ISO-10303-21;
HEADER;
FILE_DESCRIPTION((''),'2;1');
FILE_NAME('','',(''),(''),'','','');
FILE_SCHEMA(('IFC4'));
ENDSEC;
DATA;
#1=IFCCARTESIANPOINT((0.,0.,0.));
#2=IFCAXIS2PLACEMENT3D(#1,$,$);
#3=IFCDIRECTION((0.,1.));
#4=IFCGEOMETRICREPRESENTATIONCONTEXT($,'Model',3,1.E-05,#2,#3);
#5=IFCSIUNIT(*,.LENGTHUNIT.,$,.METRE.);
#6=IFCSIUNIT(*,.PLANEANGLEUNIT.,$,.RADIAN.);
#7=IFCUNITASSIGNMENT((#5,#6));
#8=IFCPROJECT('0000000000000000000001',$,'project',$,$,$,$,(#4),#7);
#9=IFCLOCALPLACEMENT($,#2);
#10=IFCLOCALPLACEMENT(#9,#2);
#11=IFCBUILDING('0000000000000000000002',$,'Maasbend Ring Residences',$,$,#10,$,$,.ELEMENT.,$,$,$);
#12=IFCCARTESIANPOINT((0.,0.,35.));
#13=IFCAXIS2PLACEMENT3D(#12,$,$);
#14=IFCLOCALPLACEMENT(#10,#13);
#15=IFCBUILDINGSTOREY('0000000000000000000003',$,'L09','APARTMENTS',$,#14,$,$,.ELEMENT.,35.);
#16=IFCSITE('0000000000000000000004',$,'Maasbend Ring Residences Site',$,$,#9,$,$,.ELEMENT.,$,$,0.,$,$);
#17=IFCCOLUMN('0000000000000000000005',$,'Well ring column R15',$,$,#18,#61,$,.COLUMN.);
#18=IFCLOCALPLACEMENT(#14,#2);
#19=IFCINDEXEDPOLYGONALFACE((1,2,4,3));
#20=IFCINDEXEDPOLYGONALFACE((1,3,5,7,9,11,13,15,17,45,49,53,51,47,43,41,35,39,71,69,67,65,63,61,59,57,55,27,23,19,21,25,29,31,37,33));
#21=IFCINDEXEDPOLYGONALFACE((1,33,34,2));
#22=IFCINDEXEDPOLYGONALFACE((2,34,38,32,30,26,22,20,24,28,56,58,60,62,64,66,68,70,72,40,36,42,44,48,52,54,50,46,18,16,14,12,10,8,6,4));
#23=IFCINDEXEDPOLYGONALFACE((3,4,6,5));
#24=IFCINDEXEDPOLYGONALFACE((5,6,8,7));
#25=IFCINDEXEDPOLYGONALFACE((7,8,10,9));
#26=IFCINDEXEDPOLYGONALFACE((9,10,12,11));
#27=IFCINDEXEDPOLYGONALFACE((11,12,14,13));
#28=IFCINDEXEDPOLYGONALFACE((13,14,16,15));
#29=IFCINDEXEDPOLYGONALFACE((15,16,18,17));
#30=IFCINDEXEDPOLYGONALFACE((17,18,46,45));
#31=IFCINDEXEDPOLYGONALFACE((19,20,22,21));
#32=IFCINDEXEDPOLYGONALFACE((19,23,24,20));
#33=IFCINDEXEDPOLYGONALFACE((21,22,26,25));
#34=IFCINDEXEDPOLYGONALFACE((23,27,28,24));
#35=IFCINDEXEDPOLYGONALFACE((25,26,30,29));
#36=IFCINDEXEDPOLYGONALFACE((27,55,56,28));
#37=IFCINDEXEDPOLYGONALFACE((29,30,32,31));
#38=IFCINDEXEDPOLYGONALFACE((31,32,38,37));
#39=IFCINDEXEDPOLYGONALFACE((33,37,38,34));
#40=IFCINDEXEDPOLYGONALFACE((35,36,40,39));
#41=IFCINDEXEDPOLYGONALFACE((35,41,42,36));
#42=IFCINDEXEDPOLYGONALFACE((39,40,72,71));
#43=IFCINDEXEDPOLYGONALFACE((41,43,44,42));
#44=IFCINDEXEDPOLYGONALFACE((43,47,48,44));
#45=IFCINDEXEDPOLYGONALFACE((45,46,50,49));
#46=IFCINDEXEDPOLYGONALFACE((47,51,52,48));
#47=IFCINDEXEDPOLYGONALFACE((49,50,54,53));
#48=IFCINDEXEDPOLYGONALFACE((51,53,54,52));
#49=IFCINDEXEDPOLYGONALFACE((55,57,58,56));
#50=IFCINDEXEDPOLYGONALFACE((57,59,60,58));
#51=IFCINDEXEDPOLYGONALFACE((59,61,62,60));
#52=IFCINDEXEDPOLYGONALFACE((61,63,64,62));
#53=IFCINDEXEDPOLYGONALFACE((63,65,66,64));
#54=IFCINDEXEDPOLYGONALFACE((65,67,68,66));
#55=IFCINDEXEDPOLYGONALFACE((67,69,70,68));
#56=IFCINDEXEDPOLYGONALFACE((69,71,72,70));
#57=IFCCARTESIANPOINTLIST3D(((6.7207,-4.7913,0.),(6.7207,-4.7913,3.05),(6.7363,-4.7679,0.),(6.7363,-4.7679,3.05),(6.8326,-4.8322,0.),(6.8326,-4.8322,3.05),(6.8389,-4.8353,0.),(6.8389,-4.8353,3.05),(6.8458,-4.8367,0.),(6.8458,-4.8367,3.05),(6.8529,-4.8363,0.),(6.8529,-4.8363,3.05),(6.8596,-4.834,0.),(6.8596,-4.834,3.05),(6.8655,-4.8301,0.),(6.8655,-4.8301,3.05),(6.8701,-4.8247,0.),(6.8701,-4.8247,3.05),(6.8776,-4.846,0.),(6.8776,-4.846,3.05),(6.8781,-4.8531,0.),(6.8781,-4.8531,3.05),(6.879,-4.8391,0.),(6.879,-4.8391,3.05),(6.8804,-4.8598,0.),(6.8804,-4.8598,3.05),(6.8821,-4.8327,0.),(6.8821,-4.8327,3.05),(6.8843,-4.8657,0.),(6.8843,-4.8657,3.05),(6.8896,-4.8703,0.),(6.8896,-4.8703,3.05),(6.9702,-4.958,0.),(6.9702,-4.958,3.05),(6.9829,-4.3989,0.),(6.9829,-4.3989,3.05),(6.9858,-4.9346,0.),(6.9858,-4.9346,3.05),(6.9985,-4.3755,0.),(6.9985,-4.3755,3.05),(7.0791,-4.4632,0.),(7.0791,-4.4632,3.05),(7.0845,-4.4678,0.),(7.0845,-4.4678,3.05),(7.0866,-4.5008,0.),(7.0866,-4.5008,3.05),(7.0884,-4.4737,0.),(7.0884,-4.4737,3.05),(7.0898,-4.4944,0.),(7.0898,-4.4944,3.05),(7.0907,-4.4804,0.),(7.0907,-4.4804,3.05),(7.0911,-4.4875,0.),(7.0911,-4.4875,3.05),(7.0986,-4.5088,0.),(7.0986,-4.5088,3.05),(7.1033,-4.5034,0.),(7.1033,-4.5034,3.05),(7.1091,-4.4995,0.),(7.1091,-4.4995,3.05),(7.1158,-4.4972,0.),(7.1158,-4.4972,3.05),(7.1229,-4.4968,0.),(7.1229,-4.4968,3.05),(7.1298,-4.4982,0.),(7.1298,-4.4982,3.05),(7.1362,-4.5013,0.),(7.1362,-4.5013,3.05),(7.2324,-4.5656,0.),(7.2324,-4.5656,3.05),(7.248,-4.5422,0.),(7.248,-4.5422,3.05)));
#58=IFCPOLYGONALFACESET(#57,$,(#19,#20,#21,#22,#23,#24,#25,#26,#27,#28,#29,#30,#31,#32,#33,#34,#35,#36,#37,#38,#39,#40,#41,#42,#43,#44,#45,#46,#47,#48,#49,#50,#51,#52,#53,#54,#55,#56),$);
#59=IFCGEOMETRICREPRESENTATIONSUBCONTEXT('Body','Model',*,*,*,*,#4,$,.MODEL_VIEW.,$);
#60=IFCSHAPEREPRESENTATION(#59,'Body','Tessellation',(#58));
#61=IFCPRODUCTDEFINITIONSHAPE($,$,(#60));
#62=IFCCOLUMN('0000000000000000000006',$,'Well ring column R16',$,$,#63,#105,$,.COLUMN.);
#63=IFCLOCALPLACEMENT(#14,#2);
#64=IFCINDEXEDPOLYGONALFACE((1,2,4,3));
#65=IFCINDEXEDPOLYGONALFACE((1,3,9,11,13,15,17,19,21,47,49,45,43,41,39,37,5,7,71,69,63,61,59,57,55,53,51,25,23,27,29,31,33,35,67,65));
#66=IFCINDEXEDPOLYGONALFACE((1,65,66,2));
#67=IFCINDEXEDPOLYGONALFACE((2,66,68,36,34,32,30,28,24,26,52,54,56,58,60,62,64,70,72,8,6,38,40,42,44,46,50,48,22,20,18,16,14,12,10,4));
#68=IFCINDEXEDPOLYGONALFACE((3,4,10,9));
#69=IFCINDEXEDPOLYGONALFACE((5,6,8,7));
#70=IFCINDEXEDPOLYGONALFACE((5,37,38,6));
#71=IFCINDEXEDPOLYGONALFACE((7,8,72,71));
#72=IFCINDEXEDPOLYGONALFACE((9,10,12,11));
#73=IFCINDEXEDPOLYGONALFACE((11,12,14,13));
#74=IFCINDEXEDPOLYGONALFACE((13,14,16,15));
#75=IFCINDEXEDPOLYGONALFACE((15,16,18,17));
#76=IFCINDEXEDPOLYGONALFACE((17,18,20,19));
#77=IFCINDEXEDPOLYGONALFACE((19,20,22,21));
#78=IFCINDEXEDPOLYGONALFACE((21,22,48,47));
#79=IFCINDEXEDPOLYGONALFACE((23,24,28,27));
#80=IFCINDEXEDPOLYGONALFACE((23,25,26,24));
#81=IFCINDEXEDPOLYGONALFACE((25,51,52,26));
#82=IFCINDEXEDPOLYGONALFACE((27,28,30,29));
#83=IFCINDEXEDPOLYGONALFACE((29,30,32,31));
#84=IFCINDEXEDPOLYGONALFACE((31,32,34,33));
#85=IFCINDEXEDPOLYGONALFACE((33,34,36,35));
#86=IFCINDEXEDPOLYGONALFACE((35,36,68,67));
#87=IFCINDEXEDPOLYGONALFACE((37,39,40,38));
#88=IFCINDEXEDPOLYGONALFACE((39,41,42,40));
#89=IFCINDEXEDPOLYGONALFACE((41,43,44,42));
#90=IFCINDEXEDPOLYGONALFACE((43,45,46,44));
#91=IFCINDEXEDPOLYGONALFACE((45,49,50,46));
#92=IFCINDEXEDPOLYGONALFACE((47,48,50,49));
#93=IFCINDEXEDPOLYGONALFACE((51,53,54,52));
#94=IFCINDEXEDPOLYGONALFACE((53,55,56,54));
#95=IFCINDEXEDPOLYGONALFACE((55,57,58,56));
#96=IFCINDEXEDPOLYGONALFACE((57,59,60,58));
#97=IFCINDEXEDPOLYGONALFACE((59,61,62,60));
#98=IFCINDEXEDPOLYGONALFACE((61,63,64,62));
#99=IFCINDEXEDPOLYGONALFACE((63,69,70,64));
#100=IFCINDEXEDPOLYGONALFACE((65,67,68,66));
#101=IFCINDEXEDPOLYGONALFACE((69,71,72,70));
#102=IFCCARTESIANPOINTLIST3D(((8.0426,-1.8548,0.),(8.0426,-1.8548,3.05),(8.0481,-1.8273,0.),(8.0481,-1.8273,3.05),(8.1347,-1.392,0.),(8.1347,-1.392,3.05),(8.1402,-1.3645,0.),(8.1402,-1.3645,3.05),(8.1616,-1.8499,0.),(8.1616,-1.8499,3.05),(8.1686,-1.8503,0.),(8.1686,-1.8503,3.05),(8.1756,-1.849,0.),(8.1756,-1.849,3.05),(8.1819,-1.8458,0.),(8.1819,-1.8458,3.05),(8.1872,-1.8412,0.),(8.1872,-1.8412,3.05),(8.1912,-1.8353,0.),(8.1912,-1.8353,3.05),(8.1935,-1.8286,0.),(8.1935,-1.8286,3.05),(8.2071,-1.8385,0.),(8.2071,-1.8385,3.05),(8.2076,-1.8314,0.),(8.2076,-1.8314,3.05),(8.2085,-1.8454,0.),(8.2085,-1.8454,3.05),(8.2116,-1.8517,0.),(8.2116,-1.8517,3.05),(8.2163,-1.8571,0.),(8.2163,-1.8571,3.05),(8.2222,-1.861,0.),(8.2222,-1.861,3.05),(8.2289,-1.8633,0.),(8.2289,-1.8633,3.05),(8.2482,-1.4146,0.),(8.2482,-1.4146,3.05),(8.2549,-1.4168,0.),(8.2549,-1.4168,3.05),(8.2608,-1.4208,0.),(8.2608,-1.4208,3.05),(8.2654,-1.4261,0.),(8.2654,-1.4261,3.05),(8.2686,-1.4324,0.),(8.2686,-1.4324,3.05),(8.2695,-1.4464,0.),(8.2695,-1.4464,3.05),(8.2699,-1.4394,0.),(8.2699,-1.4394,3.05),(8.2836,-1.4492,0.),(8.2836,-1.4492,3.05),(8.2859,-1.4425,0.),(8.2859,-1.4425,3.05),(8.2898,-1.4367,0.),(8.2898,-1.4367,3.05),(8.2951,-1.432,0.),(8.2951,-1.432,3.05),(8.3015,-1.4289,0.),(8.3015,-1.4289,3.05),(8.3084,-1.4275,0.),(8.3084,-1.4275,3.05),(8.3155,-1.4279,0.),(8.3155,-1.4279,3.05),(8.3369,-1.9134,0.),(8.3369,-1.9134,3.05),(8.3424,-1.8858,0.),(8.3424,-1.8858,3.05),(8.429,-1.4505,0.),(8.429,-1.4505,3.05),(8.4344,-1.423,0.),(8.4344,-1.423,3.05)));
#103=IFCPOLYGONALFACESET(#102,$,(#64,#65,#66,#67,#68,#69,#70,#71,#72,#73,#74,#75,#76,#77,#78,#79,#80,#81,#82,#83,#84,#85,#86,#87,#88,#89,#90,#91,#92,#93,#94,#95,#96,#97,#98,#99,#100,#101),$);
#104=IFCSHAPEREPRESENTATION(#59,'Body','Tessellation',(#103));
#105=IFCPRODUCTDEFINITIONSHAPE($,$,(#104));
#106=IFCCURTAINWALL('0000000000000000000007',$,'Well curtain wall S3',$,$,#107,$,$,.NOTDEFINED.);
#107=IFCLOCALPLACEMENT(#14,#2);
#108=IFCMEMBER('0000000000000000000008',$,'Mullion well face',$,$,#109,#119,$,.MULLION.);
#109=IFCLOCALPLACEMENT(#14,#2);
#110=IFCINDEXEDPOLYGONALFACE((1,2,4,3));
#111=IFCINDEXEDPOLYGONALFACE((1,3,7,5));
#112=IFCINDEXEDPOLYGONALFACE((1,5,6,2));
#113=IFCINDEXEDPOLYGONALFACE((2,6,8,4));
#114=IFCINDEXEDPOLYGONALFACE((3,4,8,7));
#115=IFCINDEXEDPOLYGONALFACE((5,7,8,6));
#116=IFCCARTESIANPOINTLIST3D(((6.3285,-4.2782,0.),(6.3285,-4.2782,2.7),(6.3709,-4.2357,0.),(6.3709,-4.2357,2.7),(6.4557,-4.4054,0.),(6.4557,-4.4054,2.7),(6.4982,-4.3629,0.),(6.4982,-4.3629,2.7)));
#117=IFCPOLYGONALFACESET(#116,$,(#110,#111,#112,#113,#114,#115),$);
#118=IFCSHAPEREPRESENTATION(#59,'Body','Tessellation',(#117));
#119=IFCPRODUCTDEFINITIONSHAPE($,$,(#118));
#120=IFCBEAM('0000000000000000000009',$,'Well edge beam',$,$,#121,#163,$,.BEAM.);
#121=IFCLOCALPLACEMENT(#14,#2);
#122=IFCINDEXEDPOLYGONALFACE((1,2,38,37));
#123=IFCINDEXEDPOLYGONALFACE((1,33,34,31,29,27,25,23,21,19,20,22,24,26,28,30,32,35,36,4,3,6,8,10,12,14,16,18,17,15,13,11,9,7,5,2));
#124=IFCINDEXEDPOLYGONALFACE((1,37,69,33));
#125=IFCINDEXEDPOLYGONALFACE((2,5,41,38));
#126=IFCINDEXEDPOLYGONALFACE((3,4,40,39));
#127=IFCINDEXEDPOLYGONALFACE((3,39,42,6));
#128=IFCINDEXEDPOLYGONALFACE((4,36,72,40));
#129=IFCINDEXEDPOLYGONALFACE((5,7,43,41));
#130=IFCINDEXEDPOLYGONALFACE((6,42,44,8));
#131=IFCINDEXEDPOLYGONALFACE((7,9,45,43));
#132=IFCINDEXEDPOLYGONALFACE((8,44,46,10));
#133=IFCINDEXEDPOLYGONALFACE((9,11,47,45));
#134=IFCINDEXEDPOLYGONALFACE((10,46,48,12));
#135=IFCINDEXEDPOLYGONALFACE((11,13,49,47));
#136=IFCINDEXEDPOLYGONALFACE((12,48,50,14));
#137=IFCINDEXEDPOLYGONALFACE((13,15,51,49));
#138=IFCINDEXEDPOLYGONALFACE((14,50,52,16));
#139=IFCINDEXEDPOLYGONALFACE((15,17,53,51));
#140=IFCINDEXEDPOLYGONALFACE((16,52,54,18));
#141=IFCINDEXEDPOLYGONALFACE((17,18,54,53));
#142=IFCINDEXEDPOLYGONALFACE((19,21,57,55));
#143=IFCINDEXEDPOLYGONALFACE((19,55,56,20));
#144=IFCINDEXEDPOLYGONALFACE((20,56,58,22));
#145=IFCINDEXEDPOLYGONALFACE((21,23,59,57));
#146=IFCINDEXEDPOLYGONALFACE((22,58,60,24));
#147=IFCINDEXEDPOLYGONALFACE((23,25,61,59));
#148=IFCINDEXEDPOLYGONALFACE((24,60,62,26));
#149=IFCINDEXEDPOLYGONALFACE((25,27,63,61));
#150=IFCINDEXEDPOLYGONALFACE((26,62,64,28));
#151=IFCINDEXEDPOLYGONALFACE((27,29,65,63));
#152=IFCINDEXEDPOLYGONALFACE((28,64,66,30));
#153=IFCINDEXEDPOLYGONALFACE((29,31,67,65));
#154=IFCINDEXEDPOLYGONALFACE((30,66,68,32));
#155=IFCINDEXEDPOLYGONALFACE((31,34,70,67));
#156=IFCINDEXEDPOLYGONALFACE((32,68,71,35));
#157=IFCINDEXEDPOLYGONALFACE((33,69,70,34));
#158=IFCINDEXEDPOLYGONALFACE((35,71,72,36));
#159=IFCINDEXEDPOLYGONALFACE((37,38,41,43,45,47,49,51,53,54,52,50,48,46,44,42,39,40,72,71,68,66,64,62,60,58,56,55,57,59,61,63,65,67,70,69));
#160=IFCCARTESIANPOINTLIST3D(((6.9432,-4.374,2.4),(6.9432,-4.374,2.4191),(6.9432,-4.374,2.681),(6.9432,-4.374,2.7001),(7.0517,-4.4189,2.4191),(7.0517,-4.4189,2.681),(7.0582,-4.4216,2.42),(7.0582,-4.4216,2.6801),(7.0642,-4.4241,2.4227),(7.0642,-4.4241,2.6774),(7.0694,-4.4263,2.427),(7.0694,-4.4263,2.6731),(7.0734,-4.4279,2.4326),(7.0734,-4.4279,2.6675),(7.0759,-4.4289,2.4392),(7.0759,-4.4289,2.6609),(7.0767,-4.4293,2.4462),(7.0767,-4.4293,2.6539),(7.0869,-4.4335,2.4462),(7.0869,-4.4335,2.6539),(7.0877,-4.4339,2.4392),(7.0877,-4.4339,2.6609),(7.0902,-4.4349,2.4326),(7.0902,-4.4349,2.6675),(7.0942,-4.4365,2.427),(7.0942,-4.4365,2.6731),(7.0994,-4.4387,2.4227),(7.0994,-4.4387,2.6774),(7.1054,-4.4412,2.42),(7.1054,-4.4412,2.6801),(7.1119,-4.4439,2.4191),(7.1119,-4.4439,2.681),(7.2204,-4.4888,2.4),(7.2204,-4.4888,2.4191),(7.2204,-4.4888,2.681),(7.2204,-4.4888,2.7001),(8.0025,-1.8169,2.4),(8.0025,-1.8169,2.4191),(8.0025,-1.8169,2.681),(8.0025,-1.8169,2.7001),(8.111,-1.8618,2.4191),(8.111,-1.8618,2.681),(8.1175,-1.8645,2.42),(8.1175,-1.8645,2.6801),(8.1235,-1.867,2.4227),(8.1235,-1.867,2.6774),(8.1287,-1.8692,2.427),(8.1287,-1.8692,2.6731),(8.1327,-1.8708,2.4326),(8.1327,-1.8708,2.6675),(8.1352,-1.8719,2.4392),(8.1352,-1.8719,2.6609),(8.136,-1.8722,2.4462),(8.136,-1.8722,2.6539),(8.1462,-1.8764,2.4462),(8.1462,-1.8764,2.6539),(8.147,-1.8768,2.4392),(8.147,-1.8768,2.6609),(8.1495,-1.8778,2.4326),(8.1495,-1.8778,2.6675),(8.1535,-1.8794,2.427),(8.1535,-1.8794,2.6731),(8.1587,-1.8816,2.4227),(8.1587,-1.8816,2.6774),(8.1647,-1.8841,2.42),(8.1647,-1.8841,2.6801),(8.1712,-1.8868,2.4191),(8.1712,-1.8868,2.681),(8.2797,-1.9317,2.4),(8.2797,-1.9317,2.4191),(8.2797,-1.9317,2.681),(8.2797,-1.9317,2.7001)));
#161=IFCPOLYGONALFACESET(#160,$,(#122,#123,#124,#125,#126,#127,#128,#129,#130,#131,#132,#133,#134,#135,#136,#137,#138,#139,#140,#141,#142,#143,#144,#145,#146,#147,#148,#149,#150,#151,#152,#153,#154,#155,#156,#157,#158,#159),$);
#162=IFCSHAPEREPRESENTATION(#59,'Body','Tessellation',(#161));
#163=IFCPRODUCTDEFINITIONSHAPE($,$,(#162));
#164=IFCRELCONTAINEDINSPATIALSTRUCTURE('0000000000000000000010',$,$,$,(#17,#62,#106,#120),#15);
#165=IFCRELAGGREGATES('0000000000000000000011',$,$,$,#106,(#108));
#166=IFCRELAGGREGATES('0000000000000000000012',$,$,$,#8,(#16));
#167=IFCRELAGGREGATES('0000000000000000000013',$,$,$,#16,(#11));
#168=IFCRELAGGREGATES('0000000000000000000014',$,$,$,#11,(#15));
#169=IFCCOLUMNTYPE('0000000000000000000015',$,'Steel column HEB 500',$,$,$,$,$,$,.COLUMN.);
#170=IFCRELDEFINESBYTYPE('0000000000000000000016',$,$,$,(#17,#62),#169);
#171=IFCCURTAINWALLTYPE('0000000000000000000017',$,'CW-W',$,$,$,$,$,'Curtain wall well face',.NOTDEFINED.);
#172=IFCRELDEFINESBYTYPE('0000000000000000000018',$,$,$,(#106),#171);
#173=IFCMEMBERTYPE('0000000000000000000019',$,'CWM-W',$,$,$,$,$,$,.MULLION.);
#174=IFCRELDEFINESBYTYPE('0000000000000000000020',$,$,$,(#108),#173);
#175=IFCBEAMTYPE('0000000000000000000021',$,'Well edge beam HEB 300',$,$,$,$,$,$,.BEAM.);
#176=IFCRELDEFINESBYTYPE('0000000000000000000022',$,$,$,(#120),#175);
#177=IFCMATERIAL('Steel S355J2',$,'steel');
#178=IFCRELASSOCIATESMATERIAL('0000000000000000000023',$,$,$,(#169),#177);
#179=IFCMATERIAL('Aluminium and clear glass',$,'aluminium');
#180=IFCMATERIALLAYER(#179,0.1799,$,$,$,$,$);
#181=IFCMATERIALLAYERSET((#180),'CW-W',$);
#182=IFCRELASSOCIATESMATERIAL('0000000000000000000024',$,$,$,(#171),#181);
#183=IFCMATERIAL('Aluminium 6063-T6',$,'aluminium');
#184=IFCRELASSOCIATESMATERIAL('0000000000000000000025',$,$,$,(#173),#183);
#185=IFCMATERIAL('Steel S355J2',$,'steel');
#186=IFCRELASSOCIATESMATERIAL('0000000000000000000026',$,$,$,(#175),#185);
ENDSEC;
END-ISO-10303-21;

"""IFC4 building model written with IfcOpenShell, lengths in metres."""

from ifc_helpers import new_model, si_unit, direction, frame, origin, origin_2d, place, context, subcontext, project, spatial, rectangle, i_section, extrude, material, layer, layer_set, material_profile, profile_set, type_object, element, aggregate, save


model = new_model("IFC4")

# Units and contexts
model_context = context("Model", 3, precision=1e-05, world=origin(), true_north=direction((0.0, 1.0)))
body_context = subcontext(model_context, "Body", "Model", "MODEL_VIEW")
ifc_project = project(units=[si_unit("LENGTHUNIT", "METRE"), si_unit("PLANEANGLEUNIT", "RADIAN")], contexts=[model_context])

# Site, building, storey
site_placement = place(None, origin())
site = spatial("IfcSite", under=ifc_project, at=site_placement, Name="Maasbend Ring Residences Site", CompositionType="ELEMENT", RefElevation=0.0)
building_placement = place(site_placement, origin())
building = spatial("IfcBuilding", under=site, at=building_placement, Name="Maasbend Ring Residences", CompositionType="ELEMENT")
storey_placement = place(building_placement, frame((0.0, 0.0, 35.0)))
storey = spatial("IfcBuildingStorey", under=building, at=storey_placement, Name="L09", Description="APARTMENTS", CompositionType="ELEMENT", Elevation=35.0)

# Columns
ifc_material_1 = material(Name="Steel S355J2", Category="steel")
ifc_material_profile_1 = material_profile(ifc_material_1, i_section(OverallWidth=0.3, OverallDepth=0.5, WebThickness=0.0144, FlangeThickness=0.0281, FilletRadius=0.0271, at=origin_2d()), Name="HEB 500")
ifc_profile_set_1 = profile_set([ifc_material_profile_1], Name="Steel S355J2")
column_type = type_object("IfcColumnType", Name="Steel column HEB 500", PredefinedType="COLUMN", material=ifc_profile_set_1)
for number, where, z_axis, x_axis, name in (
    (1, (6.9844, -4.6667, 0.0), (0.0, 0.0, 1.0), (0.83147, -0.55557, 0.0), "Well ring column R15"),
    (2, (8.2385, -1.6389, 0.0), (0.0, 0.0, 1.0), (0.980785, -0.19509, 0.0), "Well ring column R16"),
):
    element("IfcColumn", number, at=place(storey_placement, frame(where, z_axis=z_axis, x_axis=x_axis)), inside=storey, type_object=column_type, Name=name, PredefinedType="COLUMN", context=body_context, shape_type="SweptSolid", body=[
        extrude(i_section(OverallWidth=0.3, OverallDepth=0.5, WebThickness=0.0144, FlangeThickness=0.0281, FilletRadius=0.0271, at=origin_2d()), origin(), (0.0, 0.0, 1.0), 3.05),
    ])

# Curtain wall, member
ifc_material_2 = material(Name="Aluminium and clear glass", Category="aluminium")
ifc_layer_1 = layer(ifc_material_2, 0.1799)
ifc_layer_set_1 = layer_set([ifc_layer_1], Name="CW-W")
curtain_wall_type = type_object("IfcCurtainWallType", Name="CW-W", ElementType="Curtain wall well face", PredefinedType="NOTDEFINED", material=ifc_layer_set_1)
curtain_wall_placement = place(storey_placement, origin())
curtain_wall = element("IfcCurtainWall", 3, at=curtain_wall_placement, inside=storey, type_object=curtain_wall_type, Name="Well curtain wall S3", PredefinedType="NOTDEFINED")
ifc_material_3 = material(Name="Aluminium 6063-T6", Category="aluminium")
ifc_material_profile_2 = material_profile(ifc_material_3, rectangle(XDim=0.1799, YDim=0.0601, at=origin_2d()), Name="AL 180x60")
ifc_profile_set_2 = profile_set([ifc_material_profile_2], Name="Aluminium 6063-T6")
member_type = type_object("IfcMemberType", Name="CWM-W", PredefinedType="MULLION", material=ifc_profile_set_2)
member_placement = place(storey_placement, frame((6.4133, -4.3206, 0.0), z_axis=(0.0, 0.0, 1.0), x_axis=(-0.707107, 0.707107, 0.0)))
member = element("IfcMember", 4, at=member_placement, type_object=member_type, Name="Mullion well face", PredefinedType="MULLION", context=body_context, shape_type="SweptSolid", body=[
    extrude(rectangle(XDim=0.1799, YDim=0.0601, at=origin_2d()), origin(), (0.0, 0.0, 1.0), 2.7),
])
aggregate(curtain_wall, [member])

# Beam
ifc_material_4 = material(Name="Steel S355J2", Category="steel")
ifc_material_profile_3 = material_profile(ifc_material_4, i_section(OverallWidth=0.3, OverallDepth=0.3, WebThickness=0.011, FlangeThickness=0.019, FilletRadius=0.0271, at=origin_2d()), Name="HEB 300")
ifc_profile_set_3 = profile_set([ifc_material_profile_3], Name="Steel S355J2")
beam_type = type_object("IfcBeamType", Name="Well edge beam HEB 300", PredefinedType="BEAM", material=ifc_profile_set_3)
beam_1_placement = place(storey_placement, frame((7.0818, -4.4314, 2.55), z_axis=(0.382723, 0.923863, 0.0), x_axis=(-0.923863, 0.382723, 0.0)))
element("IfcBeam", 5, at=beam_1_placement, inside=storey, type_object=beam_type, Name="Well edge beam", PredefinedType="BEAM", context=body_context, shape_type="SweptSolid", body=[
    extrude(i_section(OverallWidth=0.3, OverallDepth=0.3, WebThickness=0.011, FlangeThickness=0.019, FilletRadius=0.0271, at=origin_2d()), origin(), (0.0, 0.0, 1.0), 2.7678),
])

save(model, "model.ifc")
